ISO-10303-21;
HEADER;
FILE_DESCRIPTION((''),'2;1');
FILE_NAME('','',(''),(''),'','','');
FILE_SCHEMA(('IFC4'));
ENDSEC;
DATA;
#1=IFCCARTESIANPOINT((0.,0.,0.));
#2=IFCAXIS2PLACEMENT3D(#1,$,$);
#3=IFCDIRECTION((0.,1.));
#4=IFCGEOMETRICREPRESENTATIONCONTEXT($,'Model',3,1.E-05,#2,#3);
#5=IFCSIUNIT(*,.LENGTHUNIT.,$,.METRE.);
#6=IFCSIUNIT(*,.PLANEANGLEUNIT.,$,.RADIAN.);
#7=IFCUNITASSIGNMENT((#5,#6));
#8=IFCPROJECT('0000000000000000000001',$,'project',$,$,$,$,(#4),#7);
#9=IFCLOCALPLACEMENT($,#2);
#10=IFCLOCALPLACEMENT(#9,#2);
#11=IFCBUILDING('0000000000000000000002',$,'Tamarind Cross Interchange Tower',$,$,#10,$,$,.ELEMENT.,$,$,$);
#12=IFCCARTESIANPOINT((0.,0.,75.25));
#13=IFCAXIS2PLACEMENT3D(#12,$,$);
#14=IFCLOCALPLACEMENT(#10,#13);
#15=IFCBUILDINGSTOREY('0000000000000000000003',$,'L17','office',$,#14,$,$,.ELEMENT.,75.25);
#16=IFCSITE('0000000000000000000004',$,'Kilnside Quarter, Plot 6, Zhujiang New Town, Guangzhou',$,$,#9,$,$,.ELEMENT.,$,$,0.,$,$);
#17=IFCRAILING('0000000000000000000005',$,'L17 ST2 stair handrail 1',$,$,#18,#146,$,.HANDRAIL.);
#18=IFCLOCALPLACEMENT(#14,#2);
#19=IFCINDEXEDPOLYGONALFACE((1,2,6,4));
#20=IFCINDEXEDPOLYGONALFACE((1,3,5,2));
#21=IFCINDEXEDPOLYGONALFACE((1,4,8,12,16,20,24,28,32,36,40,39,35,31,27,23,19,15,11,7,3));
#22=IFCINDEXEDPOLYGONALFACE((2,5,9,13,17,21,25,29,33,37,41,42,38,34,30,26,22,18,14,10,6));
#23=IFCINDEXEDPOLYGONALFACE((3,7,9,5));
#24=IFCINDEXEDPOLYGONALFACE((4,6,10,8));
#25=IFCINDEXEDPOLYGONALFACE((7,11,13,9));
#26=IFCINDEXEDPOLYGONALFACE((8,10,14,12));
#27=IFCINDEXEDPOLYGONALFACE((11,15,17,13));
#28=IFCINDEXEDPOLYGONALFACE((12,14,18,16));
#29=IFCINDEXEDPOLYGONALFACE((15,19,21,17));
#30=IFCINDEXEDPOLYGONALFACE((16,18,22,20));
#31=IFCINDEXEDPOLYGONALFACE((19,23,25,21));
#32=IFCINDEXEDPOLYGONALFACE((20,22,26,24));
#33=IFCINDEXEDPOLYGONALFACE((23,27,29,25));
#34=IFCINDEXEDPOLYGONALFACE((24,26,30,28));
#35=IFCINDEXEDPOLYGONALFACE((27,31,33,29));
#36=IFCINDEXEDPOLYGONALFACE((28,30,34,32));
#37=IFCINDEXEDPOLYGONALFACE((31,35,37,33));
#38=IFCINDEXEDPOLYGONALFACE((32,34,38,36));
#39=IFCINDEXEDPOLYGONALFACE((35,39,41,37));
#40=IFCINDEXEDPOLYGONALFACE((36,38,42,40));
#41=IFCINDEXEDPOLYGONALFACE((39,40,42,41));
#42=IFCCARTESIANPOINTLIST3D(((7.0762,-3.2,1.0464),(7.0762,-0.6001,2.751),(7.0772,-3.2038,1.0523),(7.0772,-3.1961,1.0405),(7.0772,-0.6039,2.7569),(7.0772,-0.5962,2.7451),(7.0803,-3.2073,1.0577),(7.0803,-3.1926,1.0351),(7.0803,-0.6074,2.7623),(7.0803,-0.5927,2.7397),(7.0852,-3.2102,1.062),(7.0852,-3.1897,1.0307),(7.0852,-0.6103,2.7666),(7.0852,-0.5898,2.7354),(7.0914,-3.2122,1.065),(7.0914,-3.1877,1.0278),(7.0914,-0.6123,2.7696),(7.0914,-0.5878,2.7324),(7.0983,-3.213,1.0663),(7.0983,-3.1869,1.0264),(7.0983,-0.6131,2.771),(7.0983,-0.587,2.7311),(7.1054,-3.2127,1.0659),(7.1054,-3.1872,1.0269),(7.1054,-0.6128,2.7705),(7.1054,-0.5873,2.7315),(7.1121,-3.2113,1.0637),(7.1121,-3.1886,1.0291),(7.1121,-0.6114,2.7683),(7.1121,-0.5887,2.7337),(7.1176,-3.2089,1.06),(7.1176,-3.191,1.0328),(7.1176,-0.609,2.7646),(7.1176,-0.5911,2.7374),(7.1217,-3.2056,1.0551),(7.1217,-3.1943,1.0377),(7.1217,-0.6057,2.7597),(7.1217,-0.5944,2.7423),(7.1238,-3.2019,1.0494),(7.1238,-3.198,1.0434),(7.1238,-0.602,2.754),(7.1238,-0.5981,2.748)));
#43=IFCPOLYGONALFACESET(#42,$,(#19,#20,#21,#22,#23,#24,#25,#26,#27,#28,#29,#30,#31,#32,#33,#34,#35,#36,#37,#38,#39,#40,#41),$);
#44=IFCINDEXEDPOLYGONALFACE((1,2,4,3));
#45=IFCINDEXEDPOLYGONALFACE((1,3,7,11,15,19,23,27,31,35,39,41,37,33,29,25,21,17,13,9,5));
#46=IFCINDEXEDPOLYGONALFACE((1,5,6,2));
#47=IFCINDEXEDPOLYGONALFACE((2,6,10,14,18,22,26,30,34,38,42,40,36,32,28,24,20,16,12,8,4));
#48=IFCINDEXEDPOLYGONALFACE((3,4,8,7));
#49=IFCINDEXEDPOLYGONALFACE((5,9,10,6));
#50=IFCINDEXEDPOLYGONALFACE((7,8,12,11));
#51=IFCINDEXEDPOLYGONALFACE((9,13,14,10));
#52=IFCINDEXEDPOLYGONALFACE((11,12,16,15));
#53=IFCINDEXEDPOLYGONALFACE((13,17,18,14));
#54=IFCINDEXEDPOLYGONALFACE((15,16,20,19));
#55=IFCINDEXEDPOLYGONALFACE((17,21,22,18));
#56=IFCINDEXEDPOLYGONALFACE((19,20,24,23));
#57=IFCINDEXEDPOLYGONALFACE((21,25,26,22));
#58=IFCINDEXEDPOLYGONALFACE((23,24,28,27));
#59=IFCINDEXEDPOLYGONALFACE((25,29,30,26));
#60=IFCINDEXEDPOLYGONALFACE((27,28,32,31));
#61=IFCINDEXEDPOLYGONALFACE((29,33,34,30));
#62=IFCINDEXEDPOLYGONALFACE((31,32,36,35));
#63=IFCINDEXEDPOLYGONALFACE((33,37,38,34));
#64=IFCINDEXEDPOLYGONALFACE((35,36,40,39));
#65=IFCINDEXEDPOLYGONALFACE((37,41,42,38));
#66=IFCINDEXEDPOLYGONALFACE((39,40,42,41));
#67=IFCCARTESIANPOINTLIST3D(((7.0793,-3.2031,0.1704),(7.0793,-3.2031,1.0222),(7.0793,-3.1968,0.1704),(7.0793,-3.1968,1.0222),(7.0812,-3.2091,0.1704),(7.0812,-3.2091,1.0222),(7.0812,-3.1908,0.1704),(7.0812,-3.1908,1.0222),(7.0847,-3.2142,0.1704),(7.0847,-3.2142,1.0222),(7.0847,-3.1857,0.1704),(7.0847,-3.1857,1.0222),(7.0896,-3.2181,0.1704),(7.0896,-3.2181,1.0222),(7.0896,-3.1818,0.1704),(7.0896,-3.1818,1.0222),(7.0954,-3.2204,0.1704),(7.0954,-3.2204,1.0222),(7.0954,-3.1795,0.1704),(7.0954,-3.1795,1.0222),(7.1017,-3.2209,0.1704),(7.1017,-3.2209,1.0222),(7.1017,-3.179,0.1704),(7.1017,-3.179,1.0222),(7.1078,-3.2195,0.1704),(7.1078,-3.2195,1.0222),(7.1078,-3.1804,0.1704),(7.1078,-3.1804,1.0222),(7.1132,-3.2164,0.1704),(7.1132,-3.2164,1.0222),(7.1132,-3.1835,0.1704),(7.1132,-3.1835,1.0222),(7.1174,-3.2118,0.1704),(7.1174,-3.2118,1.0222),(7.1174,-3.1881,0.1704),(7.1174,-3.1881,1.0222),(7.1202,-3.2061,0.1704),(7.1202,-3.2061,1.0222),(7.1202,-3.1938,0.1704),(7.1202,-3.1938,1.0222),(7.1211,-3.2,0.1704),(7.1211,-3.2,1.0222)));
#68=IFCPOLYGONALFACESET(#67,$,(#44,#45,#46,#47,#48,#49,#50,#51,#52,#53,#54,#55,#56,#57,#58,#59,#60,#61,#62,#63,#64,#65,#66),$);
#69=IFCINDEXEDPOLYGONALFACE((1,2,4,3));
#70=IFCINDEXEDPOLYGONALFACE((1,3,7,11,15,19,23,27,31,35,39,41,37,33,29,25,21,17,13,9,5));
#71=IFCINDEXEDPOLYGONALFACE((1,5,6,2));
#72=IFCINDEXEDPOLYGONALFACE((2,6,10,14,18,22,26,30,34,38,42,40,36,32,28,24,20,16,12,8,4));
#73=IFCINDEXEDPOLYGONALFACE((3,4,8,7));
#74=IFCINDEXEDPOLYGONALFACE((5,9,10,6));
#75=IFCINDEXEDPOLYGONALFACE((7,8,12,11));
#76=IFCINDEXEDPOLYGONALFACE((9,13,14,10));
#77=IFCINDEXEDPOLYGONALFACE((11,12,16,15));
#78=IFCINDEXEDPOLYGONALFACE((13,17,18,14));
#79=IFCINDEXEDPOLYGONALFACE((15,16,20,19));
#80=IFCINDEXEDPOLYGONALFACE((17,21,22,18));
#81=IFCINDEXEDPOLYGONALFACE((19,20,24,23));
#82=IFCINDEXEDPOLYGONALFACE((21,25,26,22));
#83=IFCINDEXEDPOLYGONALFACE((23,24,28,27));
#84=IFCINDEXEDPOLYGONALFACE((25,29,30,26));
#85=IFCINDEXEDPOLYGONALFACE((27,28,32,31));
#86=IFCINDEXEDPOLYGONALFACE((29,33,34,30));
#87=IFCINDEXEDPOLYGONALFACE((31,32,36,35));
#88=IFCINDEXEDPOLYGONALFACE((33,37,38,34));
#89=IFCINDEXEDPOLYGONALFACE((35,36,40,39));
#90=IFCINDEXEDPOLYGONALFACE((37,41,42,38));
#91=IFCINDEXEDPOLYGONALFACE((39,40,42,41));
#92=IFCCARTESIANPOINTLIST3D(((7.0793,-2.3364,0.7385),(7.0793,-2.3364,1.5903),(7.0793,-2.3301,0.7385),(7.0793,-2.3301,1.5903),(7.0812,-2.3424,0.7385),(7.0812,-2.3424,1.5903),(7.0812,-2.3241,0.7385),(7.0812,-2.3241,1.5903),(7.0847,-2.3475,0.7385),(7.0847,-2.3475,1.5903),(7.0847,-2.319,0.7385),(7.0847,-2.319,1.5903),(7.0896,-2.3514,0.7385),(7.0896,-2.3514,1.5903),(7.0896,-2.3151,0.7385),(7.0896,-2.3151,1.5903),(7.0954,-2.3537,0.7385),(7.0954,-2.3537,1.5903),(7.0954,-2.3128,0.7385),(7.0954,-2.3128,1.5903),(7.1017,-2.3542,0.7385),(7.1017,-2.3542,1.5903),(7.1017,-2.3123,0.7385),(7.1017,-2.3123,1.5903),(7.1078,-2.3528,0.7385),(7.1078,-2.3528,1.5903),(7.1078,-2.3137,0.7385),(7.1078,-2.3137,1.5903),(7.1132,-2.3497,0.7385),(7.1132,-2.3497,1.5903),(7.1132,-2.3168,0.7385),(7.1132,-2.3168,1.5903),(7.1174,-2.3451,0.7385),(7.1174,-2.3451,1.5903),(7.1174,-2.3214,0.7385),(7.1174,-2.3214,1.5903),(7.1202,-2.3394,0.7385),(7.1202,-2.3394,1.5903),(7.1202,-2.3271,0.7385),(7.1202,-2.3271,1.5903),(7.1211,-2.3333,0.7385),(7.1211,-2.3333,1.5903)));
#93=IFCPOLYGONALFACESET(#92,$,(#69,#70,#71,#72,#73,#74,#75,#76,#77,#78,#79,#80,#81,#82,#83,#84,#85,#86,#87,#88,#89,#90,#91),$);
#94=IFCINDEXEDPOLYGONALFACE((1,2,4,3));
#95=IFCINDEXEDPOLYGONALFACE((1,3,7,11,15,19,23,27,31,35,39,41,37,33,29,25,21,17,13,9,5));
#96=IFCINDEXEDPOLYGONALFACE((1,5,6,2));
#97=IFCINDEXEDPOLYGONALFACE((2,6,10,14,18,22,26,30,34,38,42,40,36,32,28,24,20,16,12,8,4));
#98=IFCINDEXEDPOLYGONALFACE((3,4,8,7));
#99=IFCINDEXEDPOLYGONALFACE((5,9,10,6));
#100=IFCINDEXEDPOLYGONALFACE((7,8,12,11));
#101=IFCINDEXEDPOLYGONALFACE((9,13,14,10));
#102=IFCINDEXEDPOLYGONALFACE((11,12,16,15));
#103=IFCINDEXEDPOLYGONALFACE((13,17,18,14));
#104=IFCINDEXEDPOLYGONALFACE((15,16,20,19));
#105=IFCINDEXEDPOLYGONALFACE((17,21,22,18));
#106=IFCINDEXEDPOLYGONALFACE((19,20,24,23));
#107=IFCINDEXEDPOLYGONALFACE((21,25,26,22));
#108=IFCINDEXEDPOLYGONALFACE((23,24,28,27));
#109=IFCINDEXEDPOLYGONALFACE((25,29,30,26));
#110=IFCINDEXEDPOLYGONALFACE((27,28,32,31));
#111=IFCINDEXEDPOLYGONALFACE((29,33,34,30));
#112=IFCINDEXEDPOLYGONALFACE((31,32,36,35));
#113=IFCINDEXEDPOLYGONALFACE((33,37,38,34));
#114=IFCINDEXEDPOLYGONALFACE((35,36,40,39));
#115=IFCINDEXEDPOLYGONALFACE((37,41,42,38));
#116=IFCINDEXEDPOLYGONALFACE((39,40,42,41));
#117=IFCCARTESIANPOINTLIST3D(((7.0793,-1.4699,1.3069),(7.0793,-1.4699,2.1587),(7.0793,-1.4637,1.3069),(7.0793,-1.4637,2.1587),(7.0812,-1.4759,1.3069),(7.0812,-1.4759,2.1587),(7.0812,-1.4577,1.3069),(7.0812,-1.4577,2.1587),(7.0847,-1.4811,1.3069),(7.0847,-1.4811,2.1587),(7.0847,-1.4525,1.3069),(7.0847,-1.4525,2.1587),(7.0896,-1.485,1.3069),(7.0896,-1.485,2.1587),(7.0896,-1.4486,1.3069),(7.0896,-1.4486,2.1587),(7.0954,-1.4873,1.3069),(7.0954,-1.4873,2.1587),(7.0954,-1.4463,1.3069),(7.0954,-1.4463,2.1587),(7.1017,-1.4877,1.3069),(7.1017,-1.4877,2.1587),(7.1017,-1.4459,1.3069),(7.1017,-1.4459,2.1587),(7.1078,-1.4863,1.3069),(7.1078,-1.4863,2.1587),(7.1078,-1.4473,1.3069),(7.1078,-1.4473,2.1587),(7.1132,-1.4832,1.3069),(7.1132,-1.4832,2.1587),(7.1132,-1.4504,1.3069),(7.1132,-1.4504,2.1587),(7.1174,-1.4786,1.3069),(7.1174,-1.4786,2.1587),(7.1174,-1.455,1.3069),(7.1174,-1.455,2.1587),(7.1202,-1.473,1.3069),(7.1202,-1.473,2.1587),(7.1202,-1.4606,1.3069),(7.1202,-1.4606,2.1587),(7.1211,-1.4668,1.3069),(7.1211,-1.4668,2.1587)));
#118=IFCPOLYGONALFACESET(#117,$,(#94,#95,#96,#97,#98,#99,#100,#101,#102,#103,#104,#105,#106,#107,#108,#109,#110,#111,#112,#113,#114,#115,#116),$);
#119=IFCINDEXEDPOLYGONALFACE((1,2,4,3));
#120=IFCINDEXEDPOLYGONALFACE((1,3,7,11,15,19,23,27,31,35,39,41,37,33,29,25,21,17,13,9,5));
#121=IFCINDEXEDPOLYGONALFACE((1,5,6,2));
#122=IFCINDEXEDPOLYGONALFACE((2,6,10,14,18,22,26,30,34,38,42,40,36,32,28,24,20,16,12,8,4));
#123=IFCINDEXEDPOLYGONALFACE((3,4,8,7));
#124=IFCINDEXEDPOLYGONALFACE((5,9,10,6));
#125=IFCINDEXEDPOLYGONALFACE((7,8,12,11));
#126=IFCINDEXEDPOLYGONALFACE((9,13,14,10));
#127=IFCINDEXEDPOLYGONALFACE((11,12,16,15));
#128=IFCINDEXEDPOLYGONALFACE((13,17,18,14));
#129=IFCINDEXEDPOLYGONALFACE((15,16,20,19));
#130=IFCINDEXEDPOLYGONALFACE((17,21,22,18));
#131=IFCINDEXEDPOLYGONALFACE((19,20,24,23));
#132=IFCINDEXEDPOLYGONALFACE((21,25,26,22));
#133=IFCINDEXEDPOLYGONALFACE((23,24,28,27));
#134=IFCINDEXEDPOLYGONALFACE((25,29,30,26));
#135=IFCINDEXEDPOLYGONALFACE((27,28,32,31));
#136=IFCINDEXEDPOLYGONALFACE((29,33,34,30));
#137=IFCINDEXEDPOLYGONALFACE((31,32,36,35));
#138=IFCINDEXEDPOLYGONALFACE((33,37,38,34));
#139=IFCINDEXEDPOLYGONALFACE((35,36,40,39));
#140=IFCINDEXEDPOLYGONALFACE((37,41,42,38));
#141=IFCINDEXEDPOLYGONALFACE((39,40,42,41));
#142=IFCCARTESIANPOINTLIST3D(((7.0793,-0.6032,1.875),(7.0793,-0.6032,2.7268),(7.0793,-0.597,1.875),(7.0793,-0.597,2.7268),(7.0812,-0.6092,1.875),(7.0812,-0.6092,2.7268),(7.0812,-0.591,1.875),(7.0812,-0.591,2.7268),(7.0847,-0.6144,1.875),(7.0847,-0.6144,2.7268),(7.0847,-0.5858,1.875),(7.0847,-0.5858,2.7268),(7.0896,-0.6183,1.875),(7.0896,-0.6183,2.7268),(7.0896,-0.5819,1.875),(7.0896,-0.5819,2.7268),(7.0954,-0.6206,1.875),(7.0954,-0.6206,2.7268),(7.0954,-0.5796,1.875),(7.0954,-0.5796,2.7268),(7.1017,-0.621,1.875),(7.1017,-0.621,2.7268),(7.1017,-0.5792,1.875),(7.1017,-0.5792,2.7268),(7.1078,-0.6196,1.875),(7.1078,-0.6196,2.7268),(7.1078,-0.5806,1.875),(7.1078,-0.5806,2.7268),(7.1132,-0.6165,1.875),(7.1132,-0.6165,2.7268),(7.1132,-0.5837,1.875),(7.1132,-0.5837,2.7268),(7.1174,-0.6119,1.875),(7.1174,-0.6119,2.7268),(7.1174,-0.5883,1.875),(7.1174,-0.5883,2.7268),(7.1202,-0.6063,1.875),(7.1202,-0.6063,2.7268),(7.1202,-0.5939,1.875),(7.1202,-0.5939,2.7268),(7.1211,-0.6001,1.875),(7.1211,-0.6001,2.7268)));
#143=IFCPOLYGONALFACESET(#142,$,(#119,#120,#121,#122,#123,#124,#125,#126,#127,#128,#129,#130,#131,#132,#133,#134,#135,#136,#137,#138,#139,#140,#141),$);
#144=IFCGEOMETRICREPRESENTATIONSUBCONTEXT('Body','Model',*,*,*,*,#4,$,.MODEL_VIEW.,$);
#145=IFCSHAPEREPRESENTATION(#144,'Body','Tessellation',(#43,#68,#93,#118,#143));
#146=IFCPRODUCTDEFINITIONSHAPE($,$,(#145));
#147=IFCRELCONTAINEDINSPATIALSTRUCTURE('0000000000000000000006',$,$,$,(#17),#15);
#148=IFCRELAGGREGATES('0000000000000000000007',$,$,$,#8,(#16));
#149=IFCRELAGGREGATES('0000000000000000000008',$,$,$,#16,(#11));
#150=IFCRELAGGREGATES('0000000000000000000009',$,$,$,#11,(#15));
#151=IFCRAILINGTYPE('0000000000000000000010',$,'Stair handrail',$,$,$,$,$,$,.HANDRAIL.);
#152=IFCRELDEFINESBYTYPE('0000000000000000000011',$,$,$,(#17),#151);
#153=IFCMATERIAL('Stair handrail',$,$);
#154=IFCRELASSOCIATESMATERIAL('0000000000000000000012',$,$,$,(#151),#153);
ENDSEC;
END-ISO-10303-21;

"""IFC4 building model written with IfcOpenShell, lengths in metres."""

from ifc_helpers import new_model, si_unit, direction, frame, origin, origin_2d, place, context, subcontext, project, spatial, circle, extrude, material, type_object, element, save


model = new_model("IFC4")

# Units and contexts
model_context = context("Model", 3, precision=1e-05, world=origin(), true_north=direction((0.0, 1.0)))
body_context = subcontext(model_context, "Body", "Model", "MODEL_VIEW")
ifc_project = project(units=[si_unit("LENGTHUNIT", "METRE"), si_unit("PLANEANGLEUNIT", "RADIAN")], contexts=[model_context])

# Site, building, storey
site_placement = place(None, origin())
site = spatial("IfcSite", under=ifc_project, at=site_placement, Name="Kilnside Quarter, Plot 6, Zhujiang New Town, Guangzhou", CompositionType="ELEMENT", RefElevation=0.0)
building_placement = place(site_placement, origin())
building = spatial("IfcBuilding", under=site, at=building_placement, Name="Tamarind Cross Interchange Tower", CompositionType="ELEMENT")
storey_placement = place(building_placement, frame((0.0, 0.0, 75.25)))
storey = spatial("IfcBuildingStorey", under=building, at=storey_placement, Name="L17", Description="office", CompositionType="ELEMENT", Elevation=75.25)

# Railing
ifc_material_1 = material(Name="Stair handrail")
railing_type_1 = type_object("IfcRailingType", Name="Stair handrail", PredefinedType="HANDRAIL", material=ifc_material_1)
railing_1_placement = place(storey_placement, frame((7.1001, -3.2, 0.1704)))
element("IfcRailing", 1, at=railing_1_placement, inside=storey, type_object=railing_type_1, Name="L17 ST2 stair handrail 1", PredefinedType="HANDRAIL", context=body_context, shape_type="SweptSolid", body=[
    extrude(circle(Radius=0.0239, at=origin_2d()), frame((0.0, 0.0, 0.876), z_axis=(0.0, 0.836279, 0.548305), x_axis=(-1.0, 0.0, 0.0)), (0.0, 0.0, 1.0), 3.1089),
    extrude(circle(Radius=0.021, at=origin_2d()), origin(), (0.0, 0.0, 1.0), 0.8518),
    extrude(circle(Radius=0.021, at=origin_2d()), frame((0.0, 0.8667, 0.5681)), (0.0, 0.0, 1.0), 0.8518),
    extrude(circle(Radius=0.021, at=origin_2d()), frame((0.0, 1.7332, 1.1365)), (0.0, 0.0, 1.0), 0.8518),
    extrude(circle(Radius=0.021, at=origin_2d()), frame((0.0, 2.5999, 1.7046)), (0.0, 0.0, 1.0), 0.8518),
])

save(model, "model.ifc")
